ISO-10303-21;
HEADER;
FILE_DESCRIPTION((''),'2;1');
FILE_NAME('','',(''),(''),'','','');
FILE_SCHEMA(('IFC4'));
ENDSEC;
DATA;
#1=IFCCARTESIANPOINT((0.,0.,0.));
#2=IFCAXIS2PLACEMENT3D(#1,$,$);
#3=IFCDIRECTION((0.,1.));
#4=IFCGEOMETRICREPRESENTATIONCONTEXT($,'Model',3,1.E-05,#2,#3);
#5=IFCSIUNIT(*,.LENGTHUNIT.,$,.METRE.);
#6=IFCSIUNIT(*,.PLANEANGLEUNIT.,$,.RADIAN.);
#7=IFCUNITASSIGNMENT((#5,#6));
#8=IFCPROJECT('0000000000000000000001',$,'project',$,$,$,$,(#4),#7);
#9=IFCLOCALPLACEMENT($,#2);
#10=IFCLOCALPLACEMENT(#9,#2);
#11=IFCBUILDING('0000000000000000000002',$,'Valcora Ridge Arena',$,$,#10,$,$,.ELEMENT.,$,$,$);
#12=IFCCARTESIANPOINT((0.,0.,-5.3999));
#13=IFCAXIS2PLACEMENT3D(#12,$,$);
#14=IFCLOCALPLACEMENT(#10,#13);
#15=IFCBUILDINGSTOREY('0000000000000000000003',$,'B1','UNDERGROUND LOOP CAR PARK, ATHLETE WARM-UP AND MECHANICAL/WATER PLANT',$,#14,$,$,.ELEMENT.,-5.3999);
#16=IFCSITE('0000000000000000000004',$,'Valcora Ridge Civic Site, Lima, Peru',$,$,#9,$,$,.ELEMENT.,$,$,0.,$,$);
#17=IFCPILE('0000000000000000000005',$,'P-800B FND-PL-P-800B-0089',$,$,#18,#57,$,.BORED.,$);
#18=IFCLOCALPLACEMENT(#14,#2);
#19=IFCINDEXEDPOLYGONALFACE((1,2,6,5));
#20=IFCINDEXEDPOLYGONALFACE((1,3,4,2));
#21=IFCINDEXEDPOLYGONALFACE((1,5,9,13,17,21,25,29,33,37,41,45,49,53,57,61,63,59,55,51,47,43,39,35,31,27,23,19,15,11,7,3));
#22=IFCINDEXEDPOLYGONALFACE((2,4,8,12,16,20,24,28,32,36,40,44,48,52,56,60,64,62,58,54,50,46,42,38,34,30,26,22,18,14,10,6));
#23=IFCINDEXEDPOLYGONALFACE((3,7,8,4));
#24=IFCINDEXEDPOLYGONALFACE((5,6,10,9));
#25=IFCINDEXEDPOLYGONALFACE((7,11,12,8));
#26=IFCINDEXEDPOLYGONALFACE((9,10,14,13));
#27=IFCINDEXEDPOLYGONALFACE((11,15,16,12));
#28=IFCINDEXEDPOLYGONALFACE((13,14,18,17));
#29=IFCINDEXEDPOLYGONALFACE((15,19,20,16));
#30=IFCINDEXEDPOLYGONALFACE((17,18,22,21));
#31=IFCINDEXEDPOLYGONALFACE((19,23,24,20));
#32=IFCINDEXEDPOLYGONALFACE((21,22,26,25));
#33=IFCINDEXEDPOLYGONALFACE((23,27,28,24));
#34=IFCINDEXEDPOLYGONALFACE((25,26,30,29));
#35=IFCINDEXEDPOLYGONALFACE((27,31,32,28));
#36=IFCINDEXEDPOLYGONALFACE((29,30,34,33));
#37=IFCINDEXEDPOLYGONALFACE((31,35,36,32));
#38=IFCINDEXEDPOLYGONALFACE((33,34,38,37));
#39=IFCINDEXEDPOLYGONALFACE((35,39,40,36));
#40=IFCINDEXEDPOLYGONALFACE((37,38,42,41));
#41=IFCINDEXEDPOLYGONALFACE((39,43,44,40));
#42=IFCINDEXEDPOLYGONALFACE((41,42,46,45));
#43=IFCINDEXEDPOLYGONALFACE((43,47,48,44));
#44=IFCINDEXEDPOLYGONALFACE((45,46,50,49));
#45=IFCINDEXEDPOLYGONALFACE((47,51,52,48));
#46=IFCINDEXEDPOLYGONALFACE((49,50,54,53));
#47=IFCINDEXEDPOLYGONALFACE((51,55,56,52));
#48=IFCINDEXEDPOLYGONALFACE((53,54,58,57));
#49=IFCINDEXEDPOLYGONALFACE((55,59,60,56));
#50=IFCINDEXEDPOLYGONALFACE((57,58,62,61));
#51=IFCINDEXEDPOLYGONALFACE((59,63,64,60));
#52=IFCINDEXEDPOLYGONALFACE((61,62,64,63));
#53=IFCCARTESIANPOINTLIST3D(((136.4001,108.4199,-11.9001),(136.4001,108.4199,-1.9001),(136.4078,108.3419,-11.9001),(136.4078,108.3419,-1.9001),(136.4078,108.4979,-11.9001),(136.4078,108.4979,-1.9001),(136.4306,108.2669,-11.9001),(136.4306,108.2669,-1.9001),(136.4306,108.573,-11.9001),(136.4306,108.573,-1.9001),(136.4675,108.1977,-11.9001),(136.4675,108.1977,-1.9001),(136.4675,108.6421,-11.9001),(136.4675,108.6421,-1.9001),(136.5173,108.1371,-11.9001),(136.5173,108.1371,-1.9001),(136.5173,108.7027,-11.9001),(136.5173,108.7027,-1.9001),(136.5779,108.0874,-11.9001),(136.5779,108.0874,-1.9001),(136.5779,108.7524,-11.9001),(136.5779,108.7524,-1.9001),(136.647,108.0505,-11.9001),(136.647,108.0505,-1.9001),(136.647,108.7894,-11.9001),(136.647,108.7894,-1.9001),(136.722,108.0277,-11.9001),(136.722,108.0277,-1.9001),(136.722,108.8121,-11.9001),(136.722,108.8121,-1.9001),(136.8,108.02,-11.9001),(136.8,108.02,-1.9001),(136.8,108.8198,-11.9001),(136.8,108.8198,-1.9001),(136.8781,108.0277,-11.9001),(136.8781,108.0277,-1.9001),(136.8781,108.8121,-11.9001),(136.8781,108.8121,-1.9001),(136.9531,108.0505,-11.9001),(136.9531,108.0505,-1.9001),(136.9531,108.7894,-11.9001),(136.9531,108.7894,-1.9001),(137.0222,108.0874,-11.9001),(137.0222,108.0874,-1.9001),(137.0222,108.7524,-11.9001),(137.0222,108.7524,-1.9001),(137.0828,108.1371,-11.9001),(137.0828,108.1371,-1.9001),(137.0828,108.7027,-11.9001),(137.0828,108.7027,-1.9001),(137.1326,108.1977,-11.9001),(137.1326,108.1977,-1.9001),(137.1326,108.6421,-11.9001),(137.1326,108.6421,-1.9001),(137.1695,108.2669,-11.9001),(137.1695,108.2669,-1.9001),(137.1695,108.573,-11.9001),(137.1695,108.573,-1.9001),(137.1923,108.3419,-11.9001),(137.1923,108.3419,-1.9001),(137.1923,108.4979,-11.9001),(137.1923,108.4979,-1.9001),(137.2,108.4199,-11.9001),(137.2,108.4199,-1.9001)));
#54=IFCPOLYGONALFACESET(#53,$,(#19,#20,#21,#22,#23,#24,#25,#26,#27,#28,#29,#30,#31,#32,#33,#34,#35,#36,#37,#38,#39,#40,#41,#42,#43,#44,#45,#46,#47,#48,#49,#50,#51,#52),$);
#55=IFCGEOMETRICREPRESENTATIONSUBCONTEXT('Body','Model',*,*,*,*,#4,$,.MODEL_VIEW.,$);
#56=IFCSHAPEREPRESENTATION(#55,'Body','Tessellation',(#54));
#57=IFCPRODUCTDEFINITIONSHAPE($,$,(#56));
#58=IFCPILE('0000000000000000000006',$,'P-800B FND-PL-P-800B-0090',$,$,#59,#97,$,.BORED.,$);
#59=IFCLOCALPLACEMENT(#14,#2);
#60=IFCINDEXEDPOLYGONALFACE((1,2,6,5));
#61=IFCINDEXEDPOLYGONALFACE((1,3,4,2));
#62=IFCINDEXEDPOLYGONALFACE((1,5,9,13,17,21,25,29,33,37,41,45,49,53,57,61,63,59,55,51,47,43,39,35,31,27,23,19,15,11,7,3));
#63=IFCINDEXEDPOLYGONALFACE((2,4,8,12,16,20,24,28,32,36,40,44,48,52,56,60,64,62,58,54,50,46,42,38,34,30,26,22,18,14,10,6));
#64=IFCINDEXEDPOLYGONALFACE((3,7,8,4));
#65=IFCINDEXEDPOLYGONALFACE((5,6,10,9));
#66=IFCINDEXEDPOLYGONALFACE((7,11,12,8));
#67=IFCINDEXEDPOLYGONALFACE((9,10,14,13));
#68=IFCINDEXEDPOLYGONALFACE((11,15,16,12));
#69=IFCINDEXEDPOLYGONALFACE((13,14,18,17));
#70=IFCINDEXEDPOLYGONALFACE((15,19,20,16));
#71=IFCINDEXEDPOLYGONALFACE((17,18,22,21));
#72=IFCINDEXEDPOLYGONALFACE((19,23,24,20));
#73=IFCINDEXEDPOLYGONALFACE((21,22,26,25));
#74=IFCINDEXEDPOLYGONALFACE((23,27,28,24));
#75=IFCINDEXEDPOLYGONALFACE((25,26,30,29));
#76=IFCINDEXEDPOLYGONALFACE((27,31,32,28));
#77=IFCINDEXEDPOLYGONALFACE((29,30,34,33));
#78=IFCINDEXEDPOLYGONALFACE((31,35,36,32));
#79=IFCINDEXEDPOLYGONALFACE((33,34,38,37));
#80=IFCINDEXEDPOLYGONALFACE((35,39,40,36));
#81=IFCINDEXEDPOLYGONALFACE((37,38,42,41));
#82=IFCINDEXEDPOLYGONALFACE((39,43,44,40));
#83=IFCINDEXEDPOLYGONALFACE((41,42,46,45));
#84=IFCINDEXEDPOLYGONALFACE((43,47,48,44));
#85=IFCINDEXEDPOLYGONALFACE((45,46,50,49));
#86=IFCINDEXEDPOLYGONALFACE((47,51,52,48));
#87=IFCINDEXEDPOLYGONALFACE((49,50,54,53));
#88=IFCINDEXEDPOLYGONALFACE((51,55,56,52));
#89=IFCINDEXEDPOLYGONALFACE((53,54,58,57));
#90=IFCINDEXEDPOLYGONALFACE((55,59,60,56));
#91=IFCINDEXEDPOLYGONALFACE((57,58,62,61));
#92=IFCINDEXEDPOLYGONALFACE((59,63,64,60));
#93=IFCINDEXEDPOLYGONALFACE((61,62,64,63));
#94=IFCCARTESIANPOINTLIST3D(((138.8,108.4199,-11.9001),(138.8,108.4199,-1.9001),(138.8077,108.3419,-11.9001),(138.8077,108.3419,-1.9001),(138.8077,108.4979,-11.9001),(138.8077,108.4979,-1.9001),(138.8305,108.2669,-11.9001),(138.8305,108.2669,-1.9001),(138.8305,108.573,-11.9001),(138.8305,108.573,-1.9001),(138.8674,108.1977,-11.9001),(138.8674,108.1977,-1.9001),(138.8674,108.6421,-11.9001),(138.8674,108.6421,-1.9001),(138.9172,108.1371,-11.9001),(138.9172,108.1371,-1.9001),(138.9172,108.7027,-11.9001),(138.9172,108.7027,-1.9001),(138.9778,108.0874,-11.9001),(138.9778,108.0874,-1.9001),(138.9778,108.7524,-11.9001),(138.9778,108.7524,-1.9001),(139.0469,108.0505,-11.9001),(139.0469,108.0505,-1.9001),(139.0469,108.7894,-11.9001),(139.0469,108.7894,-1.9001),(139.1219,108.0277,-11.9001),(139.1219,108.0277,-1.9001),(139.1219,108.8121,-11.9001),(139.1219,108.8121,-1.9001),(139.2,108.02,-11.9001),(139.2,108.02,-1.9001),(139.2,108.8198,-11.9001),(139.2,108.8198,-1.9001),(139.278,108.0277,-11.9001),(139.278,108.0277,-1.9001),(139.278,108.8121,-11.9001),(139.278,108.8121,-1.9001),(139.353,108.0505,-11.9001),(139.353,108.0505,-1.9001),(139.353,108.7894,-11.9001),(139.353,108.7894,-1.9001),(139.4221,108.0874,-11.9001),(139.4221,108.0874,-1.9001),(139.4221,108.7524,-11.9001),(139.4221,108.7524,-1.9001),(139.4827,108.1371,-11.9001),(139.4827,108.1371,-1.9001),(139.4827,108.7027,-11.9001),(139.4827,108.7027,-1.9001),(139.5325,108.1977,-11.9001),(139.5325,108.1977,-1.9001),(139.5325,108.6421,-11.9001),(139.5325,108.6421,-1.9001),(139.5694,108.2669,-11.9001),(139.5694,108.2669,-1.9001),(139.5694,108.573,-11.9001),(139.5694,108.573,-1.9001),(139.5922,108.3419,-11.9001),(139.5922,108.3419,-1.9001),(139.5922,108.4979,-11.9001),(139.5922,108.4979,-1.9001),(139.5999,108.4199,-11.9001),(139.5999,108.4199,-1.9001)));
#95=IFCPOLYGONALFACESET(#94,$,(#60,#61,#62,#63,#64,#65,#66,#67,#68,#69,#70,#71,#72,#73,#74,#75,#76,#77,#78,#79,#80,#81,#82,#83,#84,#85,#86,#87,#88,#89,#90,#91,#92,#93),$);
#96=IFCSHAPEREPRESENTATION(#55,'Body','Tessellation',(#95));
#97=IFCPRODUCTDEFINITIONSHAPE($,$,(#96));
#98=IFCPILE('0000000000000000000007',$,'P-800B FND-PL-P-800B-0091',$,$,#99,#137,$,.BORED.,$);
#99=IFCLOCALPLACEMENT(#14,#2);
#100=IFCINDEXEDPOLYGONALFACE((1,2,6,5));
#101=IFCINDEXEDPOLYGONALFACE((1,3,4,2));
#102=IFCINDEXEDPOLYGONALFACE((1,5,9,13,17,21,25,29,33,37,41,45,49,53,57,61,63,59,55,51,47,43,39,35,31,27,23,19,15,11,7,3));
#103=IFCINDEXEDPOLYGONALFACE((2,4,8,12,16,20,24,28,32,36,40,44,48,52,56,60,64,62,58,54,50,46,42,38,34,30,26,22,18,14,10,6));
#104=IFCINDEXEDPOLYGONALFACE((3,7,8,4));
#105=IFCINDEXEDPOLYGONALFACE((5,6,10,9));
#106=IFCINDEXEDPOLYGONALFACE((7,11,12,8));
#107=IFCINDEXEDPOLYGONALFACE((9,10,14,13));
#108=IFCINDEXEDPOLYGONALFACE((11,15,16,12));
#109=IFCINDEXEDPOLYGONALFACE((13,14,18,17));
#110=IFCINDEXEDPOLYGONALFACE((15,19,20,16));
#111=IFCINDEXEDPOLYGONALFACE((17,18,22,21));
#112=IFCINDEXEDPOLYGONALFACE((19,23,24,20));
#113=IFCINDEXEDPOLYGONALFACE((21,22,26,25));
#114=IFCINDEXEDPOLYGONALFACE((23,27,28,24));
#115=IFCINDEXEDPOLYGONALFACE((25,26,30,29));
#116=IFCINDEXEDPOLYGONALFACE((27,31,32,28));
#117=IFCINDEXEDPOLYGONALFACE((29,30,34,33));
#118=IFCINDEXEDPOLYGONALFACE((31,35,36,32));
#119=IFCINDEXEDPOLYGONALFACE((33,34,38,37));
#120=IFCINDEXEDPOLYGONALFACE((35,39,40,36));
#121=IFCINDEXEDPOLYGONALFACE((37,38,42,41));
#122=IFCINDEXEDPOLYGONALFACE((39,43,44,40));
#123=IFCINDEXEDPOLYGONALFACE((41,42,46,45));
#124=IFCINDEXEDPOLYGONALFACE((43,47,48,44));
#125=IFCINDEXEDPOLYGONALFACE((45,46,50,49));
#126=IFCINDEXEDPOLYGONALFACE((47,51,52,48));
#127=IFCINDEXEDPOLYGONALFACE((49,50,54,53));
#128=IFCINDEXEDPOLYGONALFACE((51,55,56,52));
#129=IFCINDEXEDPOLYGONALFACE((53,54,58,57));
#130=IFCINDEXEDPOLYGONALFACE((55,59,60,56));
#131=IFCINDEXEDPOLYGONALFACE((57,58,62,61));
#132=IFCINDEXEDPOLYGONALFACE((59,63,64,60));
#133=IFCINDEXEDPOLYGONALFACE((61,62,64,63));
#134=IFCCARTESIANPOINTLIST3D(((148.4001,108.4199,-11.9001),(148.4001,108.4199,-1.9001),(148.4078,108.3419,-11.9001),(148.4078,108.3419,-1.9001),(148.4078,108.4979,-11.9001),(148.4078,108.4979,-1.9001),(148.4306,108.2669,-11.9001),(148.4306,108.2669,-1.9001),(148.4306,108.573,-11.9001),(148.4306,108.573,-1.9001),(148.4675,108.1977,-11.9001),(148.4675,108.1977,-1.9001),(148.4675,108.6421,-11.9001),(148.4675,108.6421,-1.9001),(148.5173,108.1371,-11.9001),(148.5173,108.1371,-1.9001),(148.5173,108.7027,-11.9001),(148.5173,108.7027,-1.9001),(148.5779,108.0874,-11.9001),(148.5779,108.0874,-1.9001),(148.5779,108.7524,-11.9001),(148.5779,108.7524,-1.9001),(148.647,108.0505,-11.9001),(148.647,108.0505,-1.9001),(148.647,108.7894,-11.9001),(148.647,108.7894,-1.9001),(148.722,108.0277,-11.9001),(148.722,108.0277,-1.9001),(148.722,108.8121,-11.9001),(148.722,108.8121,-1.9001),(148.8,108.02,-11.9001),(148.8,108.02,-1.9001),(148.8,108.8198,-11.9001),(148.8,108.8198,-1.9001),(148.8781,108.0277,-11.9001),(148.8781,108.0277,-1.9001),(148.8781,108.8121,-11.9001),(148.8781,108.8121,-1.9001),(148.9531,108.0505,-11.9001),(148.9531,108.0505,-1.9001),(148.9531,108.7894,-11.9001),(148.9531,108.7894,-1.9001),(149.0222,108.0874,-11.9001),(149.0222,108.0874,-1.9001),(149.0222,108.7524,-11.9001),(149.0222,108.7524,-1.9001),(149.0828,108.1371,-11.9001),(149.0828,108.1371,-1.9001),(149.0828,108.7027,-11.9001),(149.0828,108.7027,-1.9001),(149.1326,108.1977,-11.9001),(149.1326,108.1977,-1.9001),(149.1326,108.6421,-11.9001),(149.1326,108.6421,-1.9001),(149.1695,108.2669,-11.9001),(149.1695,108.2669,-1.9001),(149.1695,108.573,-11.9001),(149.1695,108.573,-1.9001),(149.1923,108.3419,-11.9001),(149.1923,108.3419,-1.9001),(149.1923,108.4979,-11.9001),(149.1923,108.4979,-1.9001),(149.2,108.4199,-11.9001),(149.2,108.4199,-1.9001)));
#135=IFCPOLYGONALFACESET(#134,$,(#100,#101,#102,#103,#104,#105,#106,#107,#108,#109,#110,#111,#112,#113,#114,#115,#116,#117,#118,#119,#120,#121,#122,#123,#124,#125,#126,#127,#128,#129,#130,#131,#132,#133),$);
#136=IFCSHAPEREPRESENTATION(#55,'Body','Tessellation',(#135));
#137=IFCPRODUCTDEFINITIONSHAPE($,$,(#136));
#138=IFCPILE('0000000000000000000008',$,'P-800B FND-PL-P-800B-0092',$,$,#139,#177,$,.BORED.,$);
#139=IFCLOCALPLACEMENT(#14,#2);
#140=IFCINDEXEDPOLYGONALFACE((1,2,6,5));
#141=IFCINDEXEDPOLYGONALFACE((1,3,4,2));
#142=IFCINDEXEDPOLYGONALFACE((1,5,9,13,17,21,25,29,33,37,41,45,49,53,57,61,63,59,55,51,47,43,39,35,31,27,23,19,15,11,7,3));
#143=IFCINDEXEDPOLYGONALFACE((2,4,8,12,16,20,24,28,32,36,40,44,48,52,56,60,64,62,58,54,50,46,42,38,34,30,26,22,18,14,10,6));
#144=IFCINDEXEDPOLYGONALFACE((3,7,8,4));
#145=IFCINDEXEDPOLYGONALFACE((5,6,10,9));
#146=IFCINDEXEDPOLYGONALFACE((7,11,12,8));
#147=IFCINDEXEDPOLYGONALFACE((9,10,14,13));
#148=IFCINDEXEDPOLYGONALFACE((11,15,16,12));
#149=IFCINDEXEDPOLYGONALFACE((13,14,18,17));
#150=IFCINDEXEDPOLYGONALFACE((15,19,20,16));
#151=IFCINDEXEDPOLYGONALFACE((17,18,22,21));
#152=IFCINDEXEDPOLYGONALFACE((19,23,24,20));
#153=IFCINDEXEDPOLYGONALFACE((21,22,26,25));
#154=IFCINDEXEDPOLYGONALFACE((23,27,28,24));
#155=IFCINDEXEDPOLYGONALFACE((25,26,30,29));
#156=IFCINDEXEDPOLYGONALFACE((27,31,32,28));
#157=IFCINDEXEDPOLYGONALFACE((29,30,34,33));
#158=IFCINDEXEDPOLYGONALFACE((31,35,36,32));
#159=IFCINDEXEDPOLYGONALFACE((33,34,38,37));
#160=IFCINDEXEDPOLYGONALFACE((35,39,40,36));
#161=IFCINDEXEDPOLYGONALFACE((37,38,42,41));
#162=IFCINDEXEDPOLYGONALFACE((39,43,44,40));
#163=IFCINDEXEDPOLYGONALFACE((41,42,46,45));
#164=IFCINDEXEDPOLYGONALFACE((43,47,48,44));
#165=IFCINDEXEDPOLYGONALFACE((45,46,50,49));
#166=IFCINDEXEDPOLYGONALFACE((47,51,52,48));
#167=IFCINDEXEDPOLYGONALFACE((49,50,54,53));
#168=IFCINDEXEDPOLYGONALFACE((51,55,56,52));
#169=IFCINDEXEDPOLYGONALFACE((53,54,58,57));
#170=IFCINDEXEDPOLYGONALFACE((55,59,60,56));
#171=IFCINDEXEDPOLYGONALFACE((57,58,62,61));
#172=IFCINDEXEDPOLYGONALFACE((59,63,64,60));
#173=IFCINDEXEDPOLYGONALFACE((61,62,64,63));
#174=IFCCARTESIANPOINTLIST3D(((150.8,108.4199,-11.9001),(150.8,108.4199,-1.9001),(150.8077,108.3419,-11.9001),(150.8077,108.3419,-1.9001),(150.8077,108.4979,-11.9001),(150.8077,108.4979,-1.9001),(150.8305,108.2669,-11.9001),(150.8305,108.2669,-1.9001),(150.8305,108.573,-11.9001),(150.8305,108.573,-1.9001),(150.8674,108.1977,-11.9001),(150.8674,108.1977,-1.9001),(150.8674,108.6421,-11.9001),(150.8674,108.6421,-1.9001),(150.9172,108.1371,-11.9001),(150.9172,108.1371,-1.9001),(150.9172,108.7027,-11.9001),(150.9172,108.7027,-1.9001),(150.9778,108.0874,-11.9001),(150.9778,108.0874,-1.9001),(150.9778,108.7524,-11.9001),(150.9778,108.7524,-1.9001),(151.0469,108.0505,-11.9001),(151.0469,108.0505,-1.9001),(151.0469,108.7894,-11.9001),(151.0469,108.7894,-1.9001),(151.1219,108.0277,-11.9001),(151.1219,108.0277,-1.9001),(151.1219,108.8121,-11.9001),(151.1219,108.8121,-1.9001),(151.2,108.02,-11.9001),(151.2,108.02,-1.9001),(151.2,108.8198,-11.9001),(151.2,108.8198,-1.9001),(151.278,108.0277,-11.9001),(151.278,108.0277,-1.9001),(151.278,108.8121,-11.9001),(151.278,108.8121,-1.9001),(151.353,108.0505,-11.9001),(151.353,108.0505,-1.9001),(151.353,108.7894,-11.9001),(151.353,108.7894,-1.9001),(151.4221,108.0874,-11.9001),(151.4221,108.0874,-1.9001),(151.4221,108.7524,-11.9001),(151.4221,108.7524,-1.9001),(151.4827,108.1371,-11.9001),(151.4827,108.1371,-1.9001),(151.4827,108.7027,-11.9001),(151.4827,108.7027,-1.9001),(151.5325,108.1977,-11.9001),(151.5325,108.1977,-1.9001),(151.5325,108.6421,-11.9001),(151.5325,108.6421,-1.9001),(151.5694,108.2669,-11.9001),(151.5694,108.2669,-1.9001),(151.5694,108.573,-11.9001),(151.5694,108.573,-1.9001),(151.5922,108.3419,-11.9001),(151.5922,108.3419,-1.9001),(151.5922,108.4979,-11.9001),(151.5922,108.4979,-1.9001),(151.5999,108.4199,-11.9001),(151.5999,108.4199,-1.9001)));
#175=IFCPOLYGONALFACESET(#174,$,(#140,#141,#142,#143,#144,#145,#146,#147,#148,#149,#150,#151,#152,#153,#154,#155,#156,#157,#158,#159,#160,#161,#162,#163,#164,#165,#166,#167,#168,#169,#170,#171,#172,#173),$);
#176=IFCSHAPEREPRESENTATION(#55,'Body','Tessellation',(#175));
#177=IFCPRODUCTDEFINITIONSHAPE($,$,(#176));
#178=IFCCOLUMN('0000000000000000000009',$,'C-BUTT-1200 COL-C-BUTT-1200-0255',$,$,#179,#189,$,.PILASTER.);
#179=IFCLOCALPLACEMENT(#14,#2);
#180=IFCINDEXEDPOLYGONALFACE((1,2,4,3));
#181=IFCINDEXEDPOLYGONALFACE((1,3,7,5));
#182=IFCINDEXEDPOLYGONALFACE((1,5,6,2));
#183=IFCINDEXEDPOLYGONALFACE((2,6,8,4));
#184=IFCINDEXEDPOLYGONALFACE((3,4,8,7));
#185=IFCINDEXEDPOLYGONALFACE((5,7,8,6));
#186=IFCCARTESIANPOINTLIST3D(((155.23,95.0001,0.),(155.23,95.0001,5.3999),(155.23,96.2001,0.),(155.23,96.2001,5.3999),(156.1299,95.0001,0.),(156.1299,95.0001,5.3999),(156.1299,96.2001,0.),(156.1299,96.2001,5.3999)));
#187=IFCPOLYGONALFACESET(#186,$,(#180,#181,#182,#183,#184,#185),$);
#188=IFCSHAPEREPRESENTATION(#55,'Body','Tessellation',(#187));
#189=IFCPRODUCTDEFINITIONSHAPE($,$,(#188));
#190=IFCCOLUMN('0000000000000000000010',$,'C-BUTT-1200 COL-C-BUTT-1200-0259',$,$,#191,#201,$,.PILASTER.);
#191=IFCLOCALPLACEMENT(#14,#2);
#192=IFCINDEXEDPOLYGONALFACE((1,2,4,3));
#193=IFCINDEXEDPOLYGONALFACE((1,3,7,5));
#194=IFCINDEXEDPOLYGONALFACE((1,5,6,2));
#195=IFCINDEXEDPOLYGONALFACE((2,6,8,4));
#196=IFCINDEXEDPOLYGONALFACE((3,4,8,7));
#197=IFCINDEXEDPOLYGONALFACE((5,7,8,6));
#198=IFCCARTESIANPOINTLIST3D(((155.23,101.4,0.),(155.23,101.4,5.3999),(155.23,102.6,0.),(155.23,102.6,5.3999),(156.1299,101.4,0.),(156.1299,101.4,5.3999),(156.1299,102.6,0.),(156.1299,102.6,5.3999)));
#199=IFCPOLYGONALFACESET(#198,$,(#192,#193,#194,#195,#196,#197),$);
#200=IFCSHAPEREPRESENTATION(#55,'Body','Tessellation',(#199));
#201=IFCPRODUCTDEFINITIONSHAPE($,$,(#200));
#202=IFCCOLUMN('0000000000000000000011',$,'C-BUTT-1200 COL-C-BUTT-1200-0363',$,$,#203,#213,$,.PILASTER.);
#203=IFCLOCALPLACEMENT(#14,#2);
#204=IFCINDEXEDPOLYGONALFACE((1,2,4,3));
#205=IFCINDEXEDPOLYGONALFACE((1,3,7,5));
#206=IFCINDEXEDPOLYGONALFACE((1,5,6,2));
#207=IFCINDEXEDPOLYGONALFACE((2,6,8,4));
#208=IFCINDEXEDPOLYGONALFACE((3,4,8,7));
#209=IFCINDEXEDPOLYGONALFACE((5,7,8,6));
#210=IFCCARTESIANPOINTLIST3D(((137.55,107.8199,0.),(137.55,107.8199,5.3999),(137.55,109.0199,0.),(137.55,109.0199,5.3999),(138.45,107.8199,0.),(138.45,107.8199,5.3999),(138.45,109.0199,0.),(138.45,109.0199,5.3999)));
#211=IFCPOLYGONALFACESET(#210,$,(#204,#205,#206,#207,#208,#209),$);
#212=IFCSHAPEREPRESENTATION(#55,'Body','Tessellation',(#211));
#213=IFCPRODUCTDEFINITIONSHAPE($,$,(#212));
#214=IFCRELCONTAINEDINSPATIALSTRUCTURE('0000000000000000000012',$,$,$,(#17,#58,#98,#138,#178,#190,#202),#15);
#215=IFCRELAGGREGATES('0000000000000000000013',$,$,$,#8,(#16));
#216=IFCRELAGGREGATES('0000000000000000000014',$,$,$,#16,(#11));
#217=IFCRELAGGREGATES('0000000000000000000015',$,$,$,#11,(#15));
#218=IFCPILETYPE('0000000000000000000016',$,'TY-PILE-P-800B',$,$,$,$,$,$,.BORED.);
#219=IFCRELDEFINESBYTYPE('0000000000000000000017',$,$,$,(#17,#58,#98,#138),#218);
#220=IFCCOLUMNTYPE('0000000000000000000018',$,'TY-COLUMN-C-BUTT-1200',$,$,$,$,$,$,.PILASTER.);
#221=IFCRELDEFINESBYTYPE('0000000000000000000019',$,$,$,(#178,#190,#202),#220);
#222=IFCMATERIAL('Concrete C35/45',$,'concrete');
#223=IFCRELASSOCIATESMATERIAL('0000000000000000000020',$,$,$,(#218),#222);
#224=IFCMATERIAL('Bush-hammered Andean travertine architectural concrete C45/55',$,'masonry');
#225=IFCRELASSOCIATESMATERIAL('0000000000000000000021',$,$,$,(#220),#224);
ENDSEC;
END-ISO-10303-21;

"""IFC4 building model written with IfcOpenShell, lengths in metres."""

from ifc_helpers import new_model, si_unit, direction, frame, origin, origin_2d, place, context, subcontext, project, spatial, rectangle, circle, extrude, material, material_profile, profile_set, type_object, element, save


model = new_model("IFC4")

# Units and contexts
model_context = context("Model", 3, precision=1e-05, world=origin(), true_north=direction((0.0, 1.0)))
body_context = subcontext(model_context, "Body", "Model", "MODEL_VIEW")
ifc_project = project(units=[si_unit("LENGTHUNIT", "METRE"), si_unit("PLANEANGLEUNIT", "RADIAN")], contexts=[model_context])

# Site, building, storey
site_placement = place(None, origin())
site = spatial("IfcSite", under=ifc_project, at=site_placement, Name="Valcora Ridge Civic Site, Lima, Peru", CompositionType="ELEMENT", RefElevation=0.0)
building_placement = place(site_placement, origin())
building = spatial("IfcBuilding", under=site, at=building_placement, Name="Valcora Ridge Arena", CompositionType="ELEMENT")
storey_placement = place(building_placement, frame((0.0, 0.0, -5.3999)))
storey = spatial("IfcBuildingStorey", under=building, at=storey_placement, Name="B1", Description="UNDERGROUND LOOP CAR PARK, ATHLETE WARM-UP AND MECHANICAL/WATER PLANT", CompositionType="ELEMENT", Elevation=-5.3999)

# Piles
ifc_material_1 = material(Name="Concrete C35/45", Category="concrete")
ifc_material_profile_1 = material_profile(ifc_material_1, circle(Radius=0.3999, at=origin_2d()), Name="BORED PILE D800")
ifc_profile_set_1 = profile_set([ifc_material_profile_1], Name="Concrete C35/45")
pile_type_1 = type_object("IfcPileType", Name="TY-PILE-P-800B", PredefinedType="BORED", material=ifc_profile_set_1)
for number, where, z_axis, x_axis, name in (
    (1, (136.8, 108.4199, -1.9001), (0.0, 0.0, -1.0), (1.0, 0.0, 0.0), "P-800B FND-PL-P-800B-0089"),
    (2, (139.2, 108.4199, -1.9001), (0.0, 0.0, -1.0), (1.0, 0.0, 0.0), "P-800B FND-PL-P-800B-0090"),
    (3, (148.8, 108.4199, -1.9001), (0.0, 0.0, -1.0), (1.0, 0.0, 0.0), "P-800B FND-PL-P-800B-0091"),
    (4, (151.2, 108.4199, -1.9001), (0.0, 0.0, -1.0), (1.0, 0.0, 0.0), "P-800B FND-PL-P-800B-0092"),
):
    element("IfcPile", number, at=place(storey_placement, frame(where, z_axis=z_axis, x_axis=x_axis)), inside=storey, type_object=pile_type_1, Name=name, PredefinedType="BORED", context=body_context, shape_type="SweptSolid", body=[
        extrude(circle(Radius=0.3999, at=origin_2d()), origin(), (0.0, 0.0, 1.0), 10.0),
    ])

# Columns
ifc_material_2 = material(Name="Bush-hammered Andean travertine architectural concrete C45/55", Category="masonry")
ifc_material_profile_2 = material_profile(ifc_material_2, rectangle(XDim=0.8999, YDim=1.2, at=origin_2d()), Name="RC 900x1200")
ifc_profile_set_2 = profile_set([ifc_material_profile_2], Name="Bush-hammered Andean travertine architectural concrete C45/55")
column_type_1 = type_object("IfcColumnType", Name="TY-COLUMN-C-BUTT-1200", PredefinedType="PILASTER", material=ifc_profile_set_2)
for number, where, z_axis, x_axis, name in (
    (5, (155.6799, 95.6001, 0.0), (0.0, 0.0, 1.0), (1.0, 0.0, 0.0), "C-BUTT-1200 COL-C-BUTT-1200-0255"),
    (6, (155.6799, 102.0, 0.0), (0.0, 0.0, 1.0), (1.0, 0.0, 0.0), "C-BUTT-1200 COL-C-BUTT-1200-0259"),
    (7, (138.0, 108.4199, 0.0), (0.0, 0.0, 1.0), (1.0, 0.0, 0.0), "C-BUTT-1200 COL-C-BUTT-1200-0363"),
):
    element("IfcColumn", number, at=place(storey_placement, frame(where, z_axis=z_axis, x_axis=x_axis)), inside=storey, type_object=column_type_1, Name=name, PredefinedType="PILASTER", context=body_context, shape_type="SweptSolid", body=[
        extrude(rectangle(XDim=0.8999, YDim=1.2, at=origin_2d()), origin(), (0.0, 0.0, 1.0), 5.3999),
    ])

save(model, "model.ifc")
